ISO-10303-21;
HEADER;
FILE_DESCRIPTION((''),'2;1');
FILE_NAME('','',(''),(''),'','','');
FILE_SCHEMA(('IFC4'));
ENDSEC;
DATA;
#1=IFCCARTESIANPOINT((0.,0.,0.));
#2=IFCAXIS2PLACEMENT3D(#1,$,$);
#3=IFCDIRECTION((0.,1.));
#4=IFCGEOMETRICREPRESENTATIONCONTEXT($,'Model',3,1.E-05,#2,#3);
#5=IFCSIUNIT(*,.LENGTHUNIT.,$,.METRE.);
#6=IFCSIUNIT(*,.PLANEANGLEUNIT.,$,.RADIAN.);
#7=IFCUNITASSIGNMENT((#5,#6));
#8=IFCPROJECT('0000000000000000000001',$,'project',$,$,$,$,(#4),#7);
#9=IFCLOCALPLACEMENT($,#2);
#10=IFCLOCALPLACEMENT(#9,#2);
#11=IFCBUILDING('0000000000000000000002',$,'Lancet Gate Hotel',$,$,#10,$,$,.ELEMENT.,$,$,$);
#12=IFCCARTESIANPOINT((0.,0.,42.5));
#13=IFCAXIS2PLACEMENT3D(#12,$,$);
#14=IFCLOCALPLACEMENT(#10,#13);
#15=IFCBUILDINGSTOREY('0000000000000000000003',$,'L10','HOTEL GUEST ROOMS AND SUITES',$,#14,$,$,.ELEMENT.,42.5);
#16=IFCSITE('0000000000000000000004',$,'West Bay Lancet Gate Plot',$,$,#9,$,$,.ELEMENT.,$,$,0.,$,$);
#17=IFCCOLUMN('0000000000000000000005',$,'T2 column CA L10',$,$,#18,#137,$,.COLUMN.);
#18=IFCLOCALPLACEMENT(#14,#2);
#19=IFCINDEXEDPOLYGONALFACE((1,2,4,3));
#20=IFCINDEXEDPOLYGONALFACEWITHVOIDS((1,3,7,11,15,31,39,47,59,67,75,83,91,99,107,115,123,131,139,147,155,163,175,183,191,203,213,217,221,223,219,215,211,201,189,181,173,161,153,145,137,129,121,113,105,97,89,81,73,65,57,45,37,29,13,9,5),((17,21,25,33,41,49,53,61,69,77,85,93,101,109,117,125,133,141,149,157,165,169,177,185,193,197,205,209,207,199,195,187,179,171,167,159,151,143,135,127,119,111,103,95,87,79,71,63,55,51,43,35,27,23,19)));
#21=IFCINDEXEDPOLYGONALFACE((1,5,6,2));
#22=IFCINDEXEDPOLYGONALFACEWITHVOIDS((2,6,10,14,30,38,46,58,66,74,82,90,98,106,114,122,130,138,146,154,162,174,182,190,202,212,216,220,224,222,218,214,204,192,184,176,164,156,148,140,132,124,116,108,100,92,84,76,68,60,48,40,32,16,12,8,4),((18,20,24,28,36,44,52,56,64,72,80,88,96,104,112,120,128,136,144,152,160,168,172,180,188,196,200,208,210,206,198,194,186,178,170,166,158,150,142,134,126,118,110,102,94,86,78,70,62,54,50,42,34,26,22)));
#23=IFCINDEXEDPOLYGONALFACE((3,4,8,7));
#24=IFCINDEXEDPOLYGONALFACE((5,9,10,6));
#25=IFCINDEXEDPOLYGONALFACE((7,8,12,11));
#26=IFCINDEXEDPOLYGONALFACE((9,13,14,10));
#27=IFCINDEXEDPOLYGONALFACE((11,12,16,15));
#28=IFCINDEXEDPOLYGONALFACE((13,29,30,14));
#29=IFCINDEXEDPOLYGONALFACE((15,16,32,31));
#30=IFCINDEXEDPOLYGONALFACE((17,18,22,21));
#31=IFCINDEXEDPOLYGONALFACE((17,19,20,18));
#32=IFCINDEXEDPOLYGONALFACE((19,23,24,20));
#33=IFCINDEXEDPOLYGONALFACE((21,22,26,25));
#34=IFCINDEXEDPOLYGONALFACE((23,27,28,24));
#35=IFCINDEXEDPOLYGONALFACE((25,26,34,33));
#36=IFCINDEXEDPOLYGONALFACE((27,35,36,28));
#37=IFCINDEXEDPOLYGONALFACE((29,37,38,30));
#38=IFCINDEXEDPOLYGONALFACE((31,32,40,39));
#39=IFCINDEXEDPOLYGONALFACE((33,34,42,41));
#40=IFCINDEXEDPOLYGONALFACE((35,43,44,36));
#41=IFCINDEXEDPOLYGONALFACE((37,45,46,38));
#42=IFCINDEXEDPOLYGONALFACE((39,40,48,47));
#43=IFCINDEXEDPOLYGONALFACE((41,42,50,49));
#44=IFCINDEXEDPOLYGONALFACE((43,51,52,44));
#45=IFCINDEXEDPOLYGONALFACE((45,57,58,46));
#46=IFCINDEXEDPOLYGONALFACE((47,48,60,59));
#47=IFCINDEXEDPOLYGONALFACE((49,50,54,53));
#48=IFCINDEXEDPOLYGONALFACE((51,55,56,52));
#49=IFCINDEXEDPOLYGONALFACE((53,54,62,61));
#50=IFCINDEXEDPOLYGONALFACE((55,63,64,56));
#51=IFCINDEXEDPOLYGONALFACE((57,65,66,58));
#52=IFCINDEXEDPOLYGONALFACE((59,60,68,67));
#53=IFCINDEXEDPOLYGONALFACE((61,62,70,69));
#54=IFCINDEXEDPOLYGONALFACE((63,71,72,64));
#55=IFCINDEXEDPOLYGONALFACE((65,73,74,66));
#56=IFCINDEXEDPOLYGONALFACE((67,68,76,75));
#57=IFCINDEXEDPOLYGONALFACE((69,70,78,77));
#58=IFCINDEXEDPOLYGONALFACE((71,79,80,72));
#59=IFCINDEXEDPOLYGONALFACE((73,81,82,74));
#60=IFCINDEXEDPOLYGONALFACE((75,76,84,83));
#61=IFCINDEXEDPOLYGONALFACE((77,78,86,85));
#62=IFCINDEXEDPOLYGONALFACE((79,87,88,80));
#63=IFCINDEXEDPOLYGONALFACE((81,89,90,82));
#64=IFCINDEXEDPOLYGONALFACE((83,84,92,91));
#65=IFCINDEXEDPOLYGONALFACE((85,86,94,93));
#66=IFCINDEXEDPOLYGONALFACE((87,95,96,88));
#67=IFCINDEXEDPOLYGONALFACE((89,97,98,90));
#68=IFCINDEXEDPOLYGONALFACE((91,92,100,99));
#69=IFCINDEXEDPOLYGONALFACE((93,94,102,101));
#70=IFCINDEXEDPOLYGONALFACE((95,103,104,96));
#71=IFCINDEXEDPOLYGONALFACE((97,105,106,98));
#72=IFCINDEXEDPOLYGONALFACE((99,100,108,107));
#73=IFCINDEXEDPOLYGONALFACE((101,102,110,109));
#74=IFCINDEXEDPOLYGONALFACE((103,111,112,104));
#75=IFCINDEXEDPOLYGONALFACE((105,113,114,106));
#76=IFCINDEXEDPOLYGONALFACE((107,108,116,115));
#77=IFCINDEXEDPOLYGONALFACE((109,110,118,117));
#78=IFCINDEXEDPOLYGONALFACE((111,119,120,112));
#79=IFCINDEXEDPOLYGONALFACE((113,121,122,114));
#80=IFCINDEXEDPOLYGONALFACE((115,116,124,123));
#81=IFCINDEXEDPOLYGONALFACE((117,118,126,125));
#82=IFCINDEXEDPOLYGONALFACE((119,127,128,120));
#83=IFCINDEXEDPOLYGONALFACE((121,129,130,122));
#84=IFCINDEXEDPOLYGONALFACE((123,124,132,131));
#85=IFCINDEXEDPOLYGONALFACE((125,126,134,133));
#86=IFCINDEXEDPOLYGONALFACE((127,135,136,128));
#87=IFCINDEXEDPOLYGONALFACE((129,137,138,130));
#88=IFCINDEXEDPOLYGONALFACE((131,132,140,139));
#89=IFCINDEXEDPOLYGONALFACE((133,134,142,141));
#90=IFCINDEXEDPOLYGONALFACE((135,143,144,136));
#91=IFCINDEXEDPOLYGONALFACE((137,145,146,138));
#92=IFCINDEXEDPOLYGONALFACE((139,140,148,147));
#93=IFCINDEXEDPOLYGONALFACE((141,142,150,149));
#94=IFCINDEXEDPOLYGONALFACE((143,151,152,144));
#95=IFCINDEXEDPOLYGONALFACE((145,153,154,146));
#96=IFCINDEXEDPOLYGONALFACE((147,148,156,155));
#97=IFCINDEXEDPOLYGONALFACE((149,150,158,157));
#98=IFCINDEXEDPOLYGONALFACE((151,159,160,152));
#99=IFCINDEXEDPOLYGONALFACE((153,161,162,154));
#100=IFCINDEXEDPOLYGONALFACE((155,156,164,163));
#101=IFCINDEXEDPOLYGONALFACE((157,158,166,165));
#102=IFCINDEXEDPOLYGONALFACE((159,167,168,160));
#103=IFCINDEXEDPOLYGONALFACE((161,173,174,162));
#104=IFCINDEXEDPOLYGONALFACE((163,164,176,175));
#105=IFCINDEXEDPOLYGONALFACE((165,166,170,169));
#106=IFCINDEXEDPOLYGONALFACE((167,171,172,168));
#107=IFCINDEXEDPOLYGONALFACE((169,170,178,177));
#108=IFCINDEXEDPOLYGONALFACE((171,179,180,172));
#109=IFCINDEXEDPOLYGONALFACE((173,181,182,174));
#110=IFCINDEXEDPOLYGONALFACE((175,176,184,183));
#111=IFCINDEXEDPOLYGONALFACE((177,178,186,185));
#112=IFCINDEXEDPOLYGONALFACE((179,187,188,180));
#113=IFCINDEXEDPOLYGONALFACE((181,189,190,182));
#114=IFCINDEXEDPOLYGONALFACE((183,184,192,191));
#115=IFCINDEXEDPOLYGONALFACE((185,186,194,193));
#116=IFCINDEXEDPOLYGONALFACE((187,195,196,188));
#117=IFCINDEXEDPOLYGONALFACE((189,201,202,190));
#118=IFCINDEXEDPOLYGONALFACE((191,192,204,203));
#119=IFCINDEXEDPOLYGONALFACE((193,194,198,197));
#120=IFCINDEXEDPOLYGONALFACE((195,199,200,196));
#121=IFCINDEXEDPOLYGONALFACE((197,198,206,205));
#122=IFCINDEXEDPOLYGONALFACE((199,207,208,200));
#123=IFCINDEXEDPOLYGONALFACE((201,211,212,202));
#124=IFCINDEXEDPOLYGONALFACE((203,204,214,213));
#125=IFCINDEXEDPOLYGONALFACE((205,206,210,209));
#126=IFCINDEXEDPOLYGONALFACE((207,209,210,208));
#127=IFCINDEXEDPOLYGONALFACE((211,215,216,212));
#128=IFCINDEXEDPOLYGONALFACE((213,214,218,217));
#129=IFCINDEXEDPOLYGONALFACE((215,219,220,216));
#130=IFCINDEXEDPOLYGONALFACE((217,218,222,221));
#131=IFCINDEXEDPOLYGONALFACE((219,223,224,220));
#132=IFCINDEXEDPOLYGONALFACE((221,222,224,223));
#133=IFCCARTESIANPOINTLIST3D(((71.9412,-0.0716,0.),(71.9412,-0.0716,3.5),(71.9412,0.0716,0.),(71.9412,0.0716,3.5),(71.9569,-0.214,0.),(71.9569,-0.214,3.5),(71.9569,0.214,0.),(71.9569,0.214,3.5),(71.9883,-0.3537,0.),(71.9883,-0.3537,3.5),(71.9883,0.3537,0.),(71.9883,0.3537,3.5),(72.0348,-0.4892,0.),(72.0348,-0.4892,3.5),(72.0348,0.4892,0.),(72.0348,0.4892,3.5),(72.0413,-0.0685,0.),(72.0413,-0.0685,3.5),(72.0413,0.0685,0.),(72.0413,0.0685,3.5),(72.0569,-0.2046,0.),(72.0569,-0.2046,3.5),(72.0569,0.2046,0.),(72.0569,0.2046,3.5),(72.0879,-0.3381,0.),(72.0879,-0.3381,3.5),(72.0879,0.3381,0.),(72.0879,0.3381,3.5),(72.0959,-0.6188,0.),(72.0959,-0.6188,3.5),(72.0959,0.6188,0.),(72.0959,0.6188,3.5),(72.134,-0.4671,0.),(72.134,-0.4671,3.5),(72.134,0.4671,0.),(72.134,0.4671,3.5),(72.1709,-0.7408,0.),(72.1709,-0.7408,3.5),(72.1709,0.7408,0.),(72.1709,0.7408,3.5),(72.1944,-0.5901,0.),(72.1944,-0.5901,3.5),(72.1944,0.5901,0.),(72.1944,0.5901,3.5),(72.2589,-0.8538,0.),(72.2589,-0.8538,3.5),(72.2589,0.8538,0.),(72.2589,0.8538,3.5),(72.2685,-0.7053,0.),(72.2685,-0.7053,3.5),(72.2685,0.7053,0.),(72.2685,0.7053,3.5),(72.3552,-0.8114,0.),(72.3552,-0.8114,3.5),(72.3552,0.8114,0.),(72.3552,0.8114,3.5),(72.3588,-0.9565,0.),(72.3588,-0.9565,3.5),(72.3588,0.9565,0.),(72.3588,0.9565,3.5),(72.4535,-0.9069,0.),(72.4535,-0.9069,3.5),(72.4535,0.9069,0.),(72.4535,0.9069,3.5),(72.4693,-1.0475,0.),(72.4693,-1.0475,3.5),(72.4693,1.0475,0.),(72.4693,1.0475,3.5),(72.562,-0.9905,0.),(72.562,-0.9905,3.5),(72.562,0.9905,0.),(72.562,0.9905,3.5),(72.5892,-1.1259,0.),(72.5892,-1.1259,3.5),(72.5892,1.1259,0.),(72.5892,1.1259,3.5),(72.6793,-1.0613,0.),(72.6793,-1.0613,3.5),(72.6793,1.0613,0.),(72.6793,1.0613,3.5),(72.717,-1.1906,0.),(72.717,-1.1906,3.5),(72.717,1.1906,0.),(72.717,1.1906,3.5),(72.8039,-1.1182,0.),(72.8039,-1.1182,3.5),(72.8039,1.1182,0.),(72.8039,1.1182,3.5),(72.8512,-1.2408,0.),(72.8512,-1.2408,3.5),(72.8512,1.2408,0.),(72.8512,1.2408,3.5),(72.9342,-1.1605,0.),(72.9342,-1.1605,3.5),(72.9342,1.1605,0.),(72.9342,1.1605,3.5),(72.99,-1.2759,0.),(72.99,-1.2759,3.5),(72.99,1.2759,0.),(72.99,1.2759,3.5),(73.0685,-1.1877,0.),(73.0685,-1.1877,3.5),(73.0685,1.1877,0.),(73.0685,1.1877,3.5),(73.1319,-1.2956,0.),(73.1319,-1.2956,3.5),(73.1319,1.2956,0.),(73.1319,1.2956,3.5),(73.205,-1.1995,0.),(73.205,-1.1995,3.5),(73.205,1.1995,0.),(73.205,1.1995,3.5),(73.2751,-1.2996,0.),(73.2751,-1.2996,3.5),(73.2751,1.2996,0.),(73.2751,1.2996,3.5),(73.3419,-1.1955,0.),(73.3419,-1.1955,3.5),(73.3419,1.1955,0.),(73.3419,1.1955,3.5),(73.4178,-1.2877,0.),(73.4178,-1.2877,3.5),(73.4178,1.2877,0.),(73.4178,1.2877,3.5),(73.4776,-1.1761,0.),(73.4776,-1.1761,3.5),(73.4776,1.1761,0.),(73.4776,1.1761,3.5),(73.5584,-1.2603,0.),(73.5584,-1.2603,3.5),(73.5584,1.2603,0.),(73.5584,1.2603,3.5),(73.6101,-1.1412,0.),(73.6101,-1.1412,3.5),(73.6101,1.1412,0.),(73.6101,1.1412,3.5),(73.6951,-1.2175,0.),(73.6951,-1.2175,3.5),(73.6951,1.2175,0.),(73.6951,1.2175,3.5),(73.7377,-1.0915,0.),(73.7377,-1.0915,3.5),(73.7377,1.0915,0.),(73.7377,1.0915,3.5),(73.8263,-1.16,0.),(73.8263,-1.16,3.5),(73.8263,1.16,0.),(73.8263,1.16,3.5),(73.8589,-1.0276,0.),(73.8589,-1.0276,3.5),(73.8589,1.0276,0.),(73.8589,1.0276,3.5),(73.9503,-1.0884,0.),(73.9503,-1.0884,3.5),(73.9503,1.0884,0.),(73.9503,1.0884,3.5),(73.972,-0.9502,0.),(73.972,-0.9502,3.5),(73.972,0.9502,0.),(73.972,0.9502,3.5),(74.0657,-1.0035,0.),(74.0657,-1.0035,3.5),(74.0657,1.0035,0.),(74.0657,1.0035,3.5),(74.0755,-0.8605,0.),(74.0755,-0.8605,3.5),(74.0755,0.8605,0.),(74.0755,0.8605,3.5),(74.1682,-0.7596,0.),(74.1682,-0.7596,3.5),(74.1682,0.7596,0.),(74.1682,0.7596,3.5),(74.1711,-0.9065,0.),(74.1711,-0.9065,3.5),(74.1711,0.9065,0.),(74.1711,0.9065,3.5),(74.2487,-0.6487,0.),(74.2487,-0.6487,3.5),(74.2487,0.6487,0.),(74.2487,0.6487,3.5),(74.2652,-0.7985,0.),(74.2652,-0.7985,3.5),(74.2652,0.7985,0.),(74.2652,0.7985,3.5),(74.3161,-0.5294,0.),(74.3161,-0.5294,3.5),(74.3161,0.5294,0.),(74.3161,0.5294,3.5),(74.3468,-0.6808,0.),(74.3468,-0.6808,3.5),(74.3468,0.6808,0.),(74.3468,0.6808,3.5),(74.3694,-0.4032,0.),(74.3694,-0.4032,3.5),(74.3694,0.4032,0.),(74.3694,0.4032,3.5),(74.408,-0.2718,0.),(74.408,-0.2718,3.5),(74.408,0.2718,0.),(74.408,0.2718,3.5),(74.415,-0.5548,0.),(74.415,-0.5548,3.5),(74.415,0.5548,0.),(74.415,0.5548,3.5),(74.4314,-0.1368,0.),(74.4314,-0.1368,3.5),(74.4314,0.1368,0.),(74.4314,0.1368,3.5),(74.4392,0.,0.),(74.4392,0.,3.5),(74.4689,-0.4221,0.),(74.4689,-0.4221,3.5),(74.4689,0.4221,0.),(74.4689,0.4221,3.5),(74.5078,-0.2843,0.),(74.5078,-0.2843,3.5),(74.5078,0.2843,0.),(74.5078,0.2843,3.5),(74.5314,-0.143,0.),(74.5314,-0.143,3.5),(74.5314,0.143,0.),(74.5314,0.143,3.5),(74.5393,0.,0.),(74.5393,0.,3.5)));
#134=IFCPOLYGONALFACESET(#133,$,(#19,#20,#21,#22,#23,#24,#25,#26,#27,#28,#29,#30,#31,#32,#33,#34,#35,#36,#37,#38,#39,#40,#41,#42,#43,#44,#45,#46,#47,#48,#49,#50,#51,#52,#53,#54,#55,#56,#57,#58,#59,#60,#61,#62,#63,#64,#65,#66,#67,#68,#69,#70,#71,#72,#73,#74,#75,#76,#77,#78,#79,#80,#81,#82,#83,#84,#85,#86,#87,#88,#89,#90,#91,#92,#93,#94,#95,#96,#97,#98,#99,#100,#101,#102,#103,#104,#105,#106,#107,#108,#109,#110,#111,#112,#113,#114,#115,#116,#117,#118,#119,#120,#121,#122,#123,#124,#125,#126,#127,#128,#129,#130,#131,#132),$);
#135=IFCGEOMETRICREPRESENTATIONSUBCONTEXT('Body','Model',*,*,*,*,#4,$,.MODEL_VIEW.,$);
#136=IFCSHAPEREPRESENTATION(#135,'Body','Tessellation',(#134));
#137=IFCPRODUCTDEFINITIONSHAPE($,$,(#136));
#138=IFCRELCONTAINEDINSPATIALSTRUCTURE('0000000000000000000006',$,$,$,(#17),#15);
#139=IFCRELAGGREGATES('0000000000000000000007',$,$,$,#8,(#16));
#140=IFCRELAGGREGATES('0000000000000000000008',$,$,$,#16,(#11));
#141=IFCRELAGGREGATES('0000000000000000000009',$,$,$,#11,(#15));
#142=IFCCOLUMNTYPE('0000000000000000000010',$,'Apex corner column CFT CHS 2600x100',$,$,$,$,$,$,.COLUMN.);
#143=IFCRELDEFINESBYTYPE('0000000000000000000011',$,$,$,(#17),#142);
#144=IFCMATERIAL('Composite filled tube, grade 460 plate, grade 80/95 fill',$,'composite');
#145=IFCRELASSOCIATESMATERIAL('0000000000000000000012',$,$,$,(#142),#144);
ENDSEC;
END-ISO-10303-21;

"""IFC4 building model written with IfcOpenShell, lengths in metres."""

from ifc_helpers import new_model, si_unit, direction, frame, origin, origin_2d, place, context, subcontext, project, spatial, hollow_circle, extrude, material, material_profile, profile_set, type_object, element, save


model = new_model("IFC4")

# Units and contexts
model_context = context("Model", 3, precision=1e-05, world=origin(), true_north=direction((0.0, 1.0)))
body_context = subcontext(model_context, "Body", "Model", "MODEL_VIEW")
ifc_project = project(units=[si_unit("LENGTHUNIT", "METRE"), si_unit("PLANEANGLEUNIT", "RADIAN")], contexts=[model_context])

# Site, building, storey
site_placement = place(None, origin())
site = spatial("IfcSite", under=ifc_project, at=site_placement, Name="West Bay Lancet Gate Plot", CompositionType="ELEMENT", RefElevation=0.0)
building_placement = place(site_placement, origin())
building = spatial("IfcBuilding", under=site, at=building_placement, Name="Lancet Gate Hotel", CompositionType="ELEMENT")
storey_placement = place(building_placement, frame((0.0, 0.0, 42.5)))
storey = spatial("IfcBuildingStorey", under=building, at=storey_placement, Name="L10", Description="HOTEL GUEST ROOMS AND SUITES", CompositionType="ELEMENT", Elevation=42.5)

# Column
ifc_material_1 = material(Name="Composite filled tube, grade 460 plate, grade 80/95 fill", Category="composite")
ifc_material_profile_1 = material_profile(ifc_material_1, hollow_circle(Radius=1.3, WallThickness=0.1001, at=origin_2d()), Name="CHS 2600x100")
ifc_profile_set_1 = profile_set([ifc_material_profile_1], Name="Composite filled tube, grade 460 plate, grade 80/95 fill")
column_type_1 = type_object("IfcColumnType", Name="Apex corner column CFT CHS 2600x100", PredefinedType="COLUMN", material=ifc_profile_set_1)
column_1_placement = place(storey_placement, frame((73.2393, 0.0, 0.0), z_axis=(0.0, 0.0, 1.0), x_axis=(1.0, 0.0, 0.0)))
element("IfcColumn", 1, at=column_1_placement, inside=storey, type_object=column_type_1, Name="T2 column CA L10", PredefinedType="COLUMN", context=body_context, shape_type="SweptSolid", body=[
    extrude(hollow_circle(Radius=1.3, WallThickness=0.1001, at=origin_2d()), origin(), (0.0, 0.0, 1.0), 3.5),
])

save(model, "model.ifc")
